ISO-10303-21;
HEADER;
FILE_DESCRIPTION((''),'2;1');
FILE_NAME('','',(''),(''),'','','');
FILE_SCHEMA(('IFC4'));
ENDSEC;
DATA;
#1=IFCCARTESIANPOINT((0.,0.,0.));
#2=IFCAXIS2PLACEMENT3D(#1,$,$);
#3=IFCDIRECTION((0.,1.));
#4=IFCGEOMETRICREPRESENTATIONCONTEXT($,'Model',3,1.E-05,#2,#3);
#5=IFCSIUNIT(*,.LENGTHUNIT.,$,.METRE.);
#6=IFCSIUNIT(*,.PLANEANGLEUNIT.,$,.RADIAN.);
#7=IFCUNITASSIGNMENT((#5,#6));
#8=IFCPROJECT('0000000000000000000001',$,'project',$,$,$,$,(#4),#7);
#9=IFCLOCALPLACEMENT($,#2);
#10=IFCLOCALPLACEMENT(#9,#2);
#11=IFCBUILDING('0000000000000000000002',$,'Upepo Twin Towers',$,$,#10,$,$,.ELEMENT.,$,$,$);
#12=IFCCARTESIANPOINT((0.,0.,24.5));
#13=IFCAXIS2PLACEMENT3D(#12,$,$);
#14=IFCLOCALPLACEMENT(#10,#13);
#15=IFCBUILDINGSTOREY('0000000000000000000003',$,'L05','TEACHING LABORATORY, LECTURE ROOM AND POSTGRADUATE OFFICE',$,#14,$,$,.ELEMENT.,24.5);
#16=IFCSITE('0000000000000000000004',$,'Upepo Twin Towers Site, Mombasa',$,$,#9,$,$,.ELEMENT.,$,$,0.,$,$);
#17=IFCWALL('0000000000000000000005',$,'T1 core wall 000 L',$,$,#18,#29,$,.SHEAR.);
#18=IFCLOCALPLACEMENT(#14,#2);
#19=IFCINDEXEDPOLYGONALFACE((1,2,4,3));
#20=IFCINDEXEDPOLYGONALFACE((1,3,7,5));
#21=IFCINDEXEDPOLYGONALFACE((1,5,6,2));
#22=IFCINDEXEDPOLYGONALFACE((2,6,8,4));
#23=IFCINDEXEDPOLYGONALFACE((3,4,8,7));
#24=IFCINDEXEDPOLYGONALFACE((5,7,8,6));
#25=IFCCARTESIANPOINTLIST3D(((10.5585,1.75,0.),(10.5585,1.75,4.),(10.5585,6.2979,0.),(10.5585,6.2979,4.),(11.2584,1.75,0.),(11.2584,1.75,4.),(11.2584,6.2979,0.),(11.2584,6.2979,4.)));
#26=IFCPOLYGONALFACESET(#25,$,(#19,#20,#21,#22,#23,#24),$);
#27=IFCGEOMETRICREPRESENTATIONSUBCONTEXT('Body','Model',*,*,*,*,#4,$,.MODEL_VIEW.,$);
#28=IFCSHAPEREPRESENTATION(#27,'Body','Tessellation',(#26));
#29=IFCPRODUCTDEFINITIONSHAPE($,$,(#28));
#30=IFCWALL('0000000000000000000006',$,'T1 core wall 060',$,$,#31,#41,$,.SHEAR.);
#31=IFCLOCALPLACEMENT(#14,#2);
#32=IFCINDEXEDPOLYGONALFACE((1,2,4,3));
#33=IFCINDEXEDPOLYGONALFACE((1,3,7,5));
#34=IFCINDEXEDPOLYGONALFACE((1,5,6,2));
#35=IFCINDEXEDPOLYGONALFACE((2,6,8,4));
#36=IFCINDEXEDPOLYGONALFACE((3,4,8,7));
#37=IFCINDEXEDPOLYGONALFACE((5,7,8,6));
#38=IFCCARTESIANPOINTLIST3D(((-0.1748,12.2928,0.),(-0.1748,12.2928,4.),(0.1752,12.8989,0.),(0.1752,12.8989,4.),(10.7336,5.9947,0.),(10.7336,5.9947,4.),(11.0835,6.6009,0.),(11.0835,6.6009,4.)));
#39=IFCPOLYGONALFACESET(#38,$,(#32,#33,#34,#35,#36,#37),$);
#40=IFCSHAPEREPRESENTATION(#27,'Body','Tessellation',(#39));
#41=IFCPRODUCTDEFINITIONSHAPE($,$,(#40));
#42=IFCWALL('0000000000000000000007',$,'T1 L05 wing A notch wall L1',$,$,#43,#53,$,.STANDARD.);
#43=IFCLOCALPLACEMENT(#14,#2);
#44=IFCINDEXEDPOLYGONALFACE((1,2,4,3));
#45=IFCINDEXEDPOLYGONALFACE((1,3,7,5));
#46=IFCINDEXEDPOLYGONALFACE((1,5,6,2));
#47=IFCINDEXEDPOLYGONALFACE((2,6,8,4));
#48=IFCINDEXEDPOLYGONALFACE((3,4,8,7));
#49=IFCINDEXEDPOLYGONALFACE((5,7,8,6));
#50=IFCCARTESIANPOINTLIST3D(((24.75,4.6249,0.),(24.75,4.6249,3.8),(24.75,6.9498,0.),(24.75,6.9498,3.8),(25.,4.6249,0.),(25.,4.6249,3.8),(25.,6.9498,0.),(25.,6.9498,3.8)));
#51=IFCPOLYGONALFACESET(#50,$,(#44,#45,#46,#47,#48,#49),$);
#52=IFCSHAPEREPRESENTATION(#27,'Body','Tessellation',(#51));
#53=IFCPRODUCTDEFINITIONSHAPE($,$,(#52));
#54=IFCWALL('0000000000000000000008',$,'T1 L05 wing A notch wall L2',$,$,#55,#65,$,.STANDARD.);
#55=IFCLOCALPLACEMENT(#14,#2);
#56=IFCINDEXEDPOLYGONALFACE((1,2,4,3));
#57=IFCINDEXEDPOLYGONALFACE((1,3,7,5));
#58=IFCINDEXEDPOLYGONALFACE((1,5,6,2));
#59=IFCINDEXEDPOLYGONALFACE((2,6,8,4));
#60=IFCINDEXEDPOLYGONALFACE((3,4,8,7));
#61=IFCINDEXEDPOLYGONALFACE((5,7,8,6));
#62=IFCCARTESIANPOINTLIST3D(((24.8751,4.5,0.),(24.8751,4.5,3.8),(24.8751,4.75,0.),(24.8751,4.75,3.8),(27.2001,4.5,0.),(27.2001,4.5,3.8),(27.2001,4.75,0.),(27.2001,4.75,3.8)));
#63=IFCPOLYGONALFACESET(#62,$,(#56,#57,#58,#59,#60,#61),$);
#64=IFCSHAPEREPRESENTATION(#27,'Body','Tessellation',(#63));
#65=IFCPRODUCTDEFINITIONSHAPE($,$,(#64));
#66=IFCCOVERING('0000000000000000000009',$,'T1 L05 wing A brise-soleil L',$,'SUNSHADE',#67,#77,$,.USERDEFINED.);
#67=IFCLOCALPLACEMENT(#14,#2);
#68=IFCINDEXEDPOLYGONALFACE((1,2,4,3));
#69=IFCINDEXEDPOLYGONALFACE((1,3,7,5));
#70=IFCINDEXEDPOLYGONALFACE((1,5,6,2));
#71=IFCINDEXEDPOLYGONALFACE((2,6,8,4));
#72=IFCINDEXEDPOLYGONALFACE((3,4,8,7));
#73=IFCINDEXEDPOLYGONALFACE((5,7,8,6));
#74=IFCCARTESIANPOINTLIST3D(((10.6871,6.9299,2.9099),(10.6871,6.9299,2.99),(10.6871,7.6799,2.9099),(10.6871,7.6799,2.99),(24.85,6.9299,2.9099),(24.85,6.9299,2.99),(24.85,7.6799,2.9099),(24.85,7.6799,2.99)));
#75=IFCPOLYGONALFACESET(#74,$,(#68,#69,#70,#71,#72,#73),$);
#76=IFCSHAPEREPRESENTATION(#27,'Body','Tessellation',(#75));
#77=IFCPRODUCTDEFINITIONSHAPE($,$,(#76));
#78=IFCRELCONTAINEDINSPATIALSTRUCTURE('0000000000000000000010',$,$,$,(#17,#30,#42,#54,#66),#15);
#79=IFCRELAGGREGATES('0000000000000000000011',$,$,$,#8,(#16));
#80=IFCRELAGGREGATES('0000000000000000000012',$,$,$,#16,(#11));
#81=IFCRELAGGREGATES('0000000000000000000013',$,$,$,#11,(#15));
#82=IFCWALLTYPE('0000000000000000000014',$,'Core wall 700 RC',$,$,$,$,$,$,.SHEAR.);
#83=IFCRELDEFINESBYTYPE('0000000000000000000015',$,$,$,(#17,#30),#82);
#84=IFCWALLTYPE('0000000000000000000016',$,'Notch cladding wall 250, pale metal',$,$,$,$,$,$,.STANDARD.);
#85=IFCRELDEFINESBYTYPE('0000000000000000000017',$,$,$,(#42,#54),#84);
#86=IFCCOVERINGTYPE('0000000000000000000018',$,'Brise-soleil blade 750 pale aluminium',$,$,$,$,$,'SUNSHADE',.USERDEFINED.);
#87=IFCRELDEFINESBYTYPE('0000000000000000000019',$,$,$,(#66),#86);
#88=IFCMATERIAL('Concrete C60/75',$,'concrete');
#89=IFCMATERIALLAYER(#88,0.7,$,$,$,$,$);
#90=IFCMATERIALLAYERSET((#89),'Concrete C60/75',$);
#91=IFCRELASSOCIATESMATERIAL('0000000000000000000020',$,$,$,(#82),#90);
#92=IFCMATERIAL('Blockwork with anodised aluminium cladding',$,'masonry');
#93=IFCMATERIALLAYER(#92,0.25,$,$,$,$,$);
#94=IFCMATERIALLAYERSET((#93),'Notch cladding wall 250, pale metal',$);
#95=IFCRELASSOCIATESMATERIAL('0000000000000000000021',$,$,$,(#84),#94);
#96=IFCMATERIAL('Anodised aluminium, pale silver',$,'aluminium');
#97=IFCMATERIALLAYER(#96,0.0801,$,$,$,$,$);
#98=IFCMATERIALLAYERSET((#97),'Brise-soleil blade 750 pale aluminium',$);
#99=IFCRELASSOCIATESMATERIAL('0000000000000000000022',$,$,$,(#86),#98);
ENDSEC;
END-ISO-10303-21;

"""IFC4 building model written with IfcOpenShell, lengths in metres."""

from ifc_helpers import new_model, si_unit, direction, frame, frame_2d, origin, origin_2d, place, context, subcontext, project, spatial, rectangle, extrude, material, layer, layer_set, type_object, element, save


model = new_model("IFC4")

# Units and contexts
model_context = context("Model", 3, precision=1e-05, world=origin(), true_north=direction((0.0, 1.0)))
body_context = subcontext(model_context, "Body", "Model", "MODEL_VIEW")
ifc_project = project(units=[si_unit("LENGTHUNIT", "METRE"), si_unit("PLANEANGLEUNIT", "RADIAN")], contexts=[model_context])

# Site, building, storey
site_placement = place(None, origin())
site = spatial("IfcSite", under=ifc_project, at=site_placement, Name="Upepo Twin Towers Site, Mombasa", CompositionType="ELEMENT", RefElevation=0.0)
building_placement = place(site_placement, origin())
building = spatial("IfcBuilding", under=site, at=building_placement, Name="Upepo Twin Towers", CompositionType="ELEMENT")
storey_placement = place(building_placement, frame((0.0, 0.0, 24.5)))
storey = spatial("IfcBuildingStorey", under=building, at=storey_placement, Name="L05", Description="TEACHING LABORATORY, LECTURE ROOM AND POSTGRADUATE OFFICE", CompositionType="ELEMENT", Elevation=24.5)

# Walls
ifc_material_1 = material(Name="Concrete C60/75", Category="concrete")
ifc_layer_1 = layer(ifc_material_1, 0.7)
ifc_layer_set_1 = layer_set([ifc_layer_1], Name="Concrete C60/75")
wall_type_1 = type_object("IfcWallType", Name="Core wall 700 RC", PredefinedType="SHEAR", material=ifc_layer_set_1)
wall_1_placement = place(storey_placement, frame((10.9084, 1.75, 0.0), z_axis=(0.0, 0.0, 1.0), x_axis=(0.0, 1.0, 0.0)))
element("IfcWall", 1, at=wall_1_placement, inside=storey, type_object=wall_type_1, Name="T1 core wall 000 L", PredefinedType="SHEAR", context=body_context, shape_type="SweptSolid", body=[
    extrude(rectangle(XDim=4.5479, YDim=0.7, at=frame_2d((2.2739, 0.0))), origin(), (0.0, 0.0, 1.0), 4.0),
])
wall_2_placement = place(storey_placement, frame((10.9084, 6.2979, 0.0), z_axis=(0.0, 0.0, 1.0), x_axis=(-0.866022, 0.500006, 0.0)))
element("IfcWall", 2, at=wall_2_placement, inside=storey, type_object=wall_type_1, Name="T1 core wall 060", PredefinedType="SHEAR", context=body_context, shape_type="SweptSolid", body=[
    extrude(rectangle(XDim=12.5959, YDim=0.7, at=frame_2d((6.2979, 0.0))), origin(), (0.0, 0.0, 1.0), 4.0),
])
ifc_material_2 = material(Name="Blockwork with anodised aluminium cladding", Category="masonry")
ifc_layer_2 = layer(ifc_material_2, 0.25)
ifc_layer_set_2 = layer_set([ifc_layer_2], Name="Notch cladding wall 250, pale metal")
wall_type_2 = type_object("IfcWallType", Name="Notch cladding wall 250, pale metal", PredefinedType="STANDARD", material=ifc_layer_set_2)
for number, where, z_axis, x_axis, name in (
    (3, (24.875, 6.95, 0.0), (0.0, 0.0, 1.0), (0.0, -1.0, 0.0), "T1 L05 wing A notch wall L1"),
    (4, (24.875, 4.625, 0.0), (0.0, 0.0, 1.0), (1.0, 0.0, 0.0), "T1 L05 wing A notch wall L2"),
):
    element("IfcWall", number, at=place(storey_placement, frame(where, z_axis=z_axis, x_axis=x_axis)), inside=storey, type_object=wall_type_2, Name=name, PredefinedType="STANDARD", context=body_context, shape_type="SweptSolid", body=[
        extrude(rectangle(XDim=2.325, YDim=0.25, at=frame_2d((1.1626, 0.0))), origin(), (0.0, 0.0, 1.0), 3.8),
    ])

# Covering
ifc_material_3 = material(Name="Anodised aluminium, pale silver", Category="aluminium")
ifc_layer_3 = layer(ifc_material_3, 0.0801)
ifc_layer_set_3 = layer_set([ifc_layer_3], Name="Brise-soleil blade 750 pale aluminium")
covering_type = type_object("IfcCoveringType", Name="Brise-soleil blade 750 pale aluminium", ElementType="SUNSHADE", PredefinedType="USERDEFINED", material=ifc_layer_set_3)
covering_placement = place(storey_placement, frame((17.7686, 7.3049, 2.9099), z_axis=(0.0, 0.0, 1.0), x_axis=(1.0, 0.0, 0.0)))
element("IfcCovering", 5, at=covering_placement, inside=storey, type_object=covering_type, Name="T1 L05 wing A brise-soleil L", ObjectType="SUNSHADE", PredefinedType="USERDEFINED", context=body_context, shape_type="SweptSolid", body=[
    extrude(rectangle(XDim=14.1628, YDim=0.75, at=origin_2d()), origin(), (0.0, 0.0, 1.0), 0.0801),
])

save(model, "model.ifc")
